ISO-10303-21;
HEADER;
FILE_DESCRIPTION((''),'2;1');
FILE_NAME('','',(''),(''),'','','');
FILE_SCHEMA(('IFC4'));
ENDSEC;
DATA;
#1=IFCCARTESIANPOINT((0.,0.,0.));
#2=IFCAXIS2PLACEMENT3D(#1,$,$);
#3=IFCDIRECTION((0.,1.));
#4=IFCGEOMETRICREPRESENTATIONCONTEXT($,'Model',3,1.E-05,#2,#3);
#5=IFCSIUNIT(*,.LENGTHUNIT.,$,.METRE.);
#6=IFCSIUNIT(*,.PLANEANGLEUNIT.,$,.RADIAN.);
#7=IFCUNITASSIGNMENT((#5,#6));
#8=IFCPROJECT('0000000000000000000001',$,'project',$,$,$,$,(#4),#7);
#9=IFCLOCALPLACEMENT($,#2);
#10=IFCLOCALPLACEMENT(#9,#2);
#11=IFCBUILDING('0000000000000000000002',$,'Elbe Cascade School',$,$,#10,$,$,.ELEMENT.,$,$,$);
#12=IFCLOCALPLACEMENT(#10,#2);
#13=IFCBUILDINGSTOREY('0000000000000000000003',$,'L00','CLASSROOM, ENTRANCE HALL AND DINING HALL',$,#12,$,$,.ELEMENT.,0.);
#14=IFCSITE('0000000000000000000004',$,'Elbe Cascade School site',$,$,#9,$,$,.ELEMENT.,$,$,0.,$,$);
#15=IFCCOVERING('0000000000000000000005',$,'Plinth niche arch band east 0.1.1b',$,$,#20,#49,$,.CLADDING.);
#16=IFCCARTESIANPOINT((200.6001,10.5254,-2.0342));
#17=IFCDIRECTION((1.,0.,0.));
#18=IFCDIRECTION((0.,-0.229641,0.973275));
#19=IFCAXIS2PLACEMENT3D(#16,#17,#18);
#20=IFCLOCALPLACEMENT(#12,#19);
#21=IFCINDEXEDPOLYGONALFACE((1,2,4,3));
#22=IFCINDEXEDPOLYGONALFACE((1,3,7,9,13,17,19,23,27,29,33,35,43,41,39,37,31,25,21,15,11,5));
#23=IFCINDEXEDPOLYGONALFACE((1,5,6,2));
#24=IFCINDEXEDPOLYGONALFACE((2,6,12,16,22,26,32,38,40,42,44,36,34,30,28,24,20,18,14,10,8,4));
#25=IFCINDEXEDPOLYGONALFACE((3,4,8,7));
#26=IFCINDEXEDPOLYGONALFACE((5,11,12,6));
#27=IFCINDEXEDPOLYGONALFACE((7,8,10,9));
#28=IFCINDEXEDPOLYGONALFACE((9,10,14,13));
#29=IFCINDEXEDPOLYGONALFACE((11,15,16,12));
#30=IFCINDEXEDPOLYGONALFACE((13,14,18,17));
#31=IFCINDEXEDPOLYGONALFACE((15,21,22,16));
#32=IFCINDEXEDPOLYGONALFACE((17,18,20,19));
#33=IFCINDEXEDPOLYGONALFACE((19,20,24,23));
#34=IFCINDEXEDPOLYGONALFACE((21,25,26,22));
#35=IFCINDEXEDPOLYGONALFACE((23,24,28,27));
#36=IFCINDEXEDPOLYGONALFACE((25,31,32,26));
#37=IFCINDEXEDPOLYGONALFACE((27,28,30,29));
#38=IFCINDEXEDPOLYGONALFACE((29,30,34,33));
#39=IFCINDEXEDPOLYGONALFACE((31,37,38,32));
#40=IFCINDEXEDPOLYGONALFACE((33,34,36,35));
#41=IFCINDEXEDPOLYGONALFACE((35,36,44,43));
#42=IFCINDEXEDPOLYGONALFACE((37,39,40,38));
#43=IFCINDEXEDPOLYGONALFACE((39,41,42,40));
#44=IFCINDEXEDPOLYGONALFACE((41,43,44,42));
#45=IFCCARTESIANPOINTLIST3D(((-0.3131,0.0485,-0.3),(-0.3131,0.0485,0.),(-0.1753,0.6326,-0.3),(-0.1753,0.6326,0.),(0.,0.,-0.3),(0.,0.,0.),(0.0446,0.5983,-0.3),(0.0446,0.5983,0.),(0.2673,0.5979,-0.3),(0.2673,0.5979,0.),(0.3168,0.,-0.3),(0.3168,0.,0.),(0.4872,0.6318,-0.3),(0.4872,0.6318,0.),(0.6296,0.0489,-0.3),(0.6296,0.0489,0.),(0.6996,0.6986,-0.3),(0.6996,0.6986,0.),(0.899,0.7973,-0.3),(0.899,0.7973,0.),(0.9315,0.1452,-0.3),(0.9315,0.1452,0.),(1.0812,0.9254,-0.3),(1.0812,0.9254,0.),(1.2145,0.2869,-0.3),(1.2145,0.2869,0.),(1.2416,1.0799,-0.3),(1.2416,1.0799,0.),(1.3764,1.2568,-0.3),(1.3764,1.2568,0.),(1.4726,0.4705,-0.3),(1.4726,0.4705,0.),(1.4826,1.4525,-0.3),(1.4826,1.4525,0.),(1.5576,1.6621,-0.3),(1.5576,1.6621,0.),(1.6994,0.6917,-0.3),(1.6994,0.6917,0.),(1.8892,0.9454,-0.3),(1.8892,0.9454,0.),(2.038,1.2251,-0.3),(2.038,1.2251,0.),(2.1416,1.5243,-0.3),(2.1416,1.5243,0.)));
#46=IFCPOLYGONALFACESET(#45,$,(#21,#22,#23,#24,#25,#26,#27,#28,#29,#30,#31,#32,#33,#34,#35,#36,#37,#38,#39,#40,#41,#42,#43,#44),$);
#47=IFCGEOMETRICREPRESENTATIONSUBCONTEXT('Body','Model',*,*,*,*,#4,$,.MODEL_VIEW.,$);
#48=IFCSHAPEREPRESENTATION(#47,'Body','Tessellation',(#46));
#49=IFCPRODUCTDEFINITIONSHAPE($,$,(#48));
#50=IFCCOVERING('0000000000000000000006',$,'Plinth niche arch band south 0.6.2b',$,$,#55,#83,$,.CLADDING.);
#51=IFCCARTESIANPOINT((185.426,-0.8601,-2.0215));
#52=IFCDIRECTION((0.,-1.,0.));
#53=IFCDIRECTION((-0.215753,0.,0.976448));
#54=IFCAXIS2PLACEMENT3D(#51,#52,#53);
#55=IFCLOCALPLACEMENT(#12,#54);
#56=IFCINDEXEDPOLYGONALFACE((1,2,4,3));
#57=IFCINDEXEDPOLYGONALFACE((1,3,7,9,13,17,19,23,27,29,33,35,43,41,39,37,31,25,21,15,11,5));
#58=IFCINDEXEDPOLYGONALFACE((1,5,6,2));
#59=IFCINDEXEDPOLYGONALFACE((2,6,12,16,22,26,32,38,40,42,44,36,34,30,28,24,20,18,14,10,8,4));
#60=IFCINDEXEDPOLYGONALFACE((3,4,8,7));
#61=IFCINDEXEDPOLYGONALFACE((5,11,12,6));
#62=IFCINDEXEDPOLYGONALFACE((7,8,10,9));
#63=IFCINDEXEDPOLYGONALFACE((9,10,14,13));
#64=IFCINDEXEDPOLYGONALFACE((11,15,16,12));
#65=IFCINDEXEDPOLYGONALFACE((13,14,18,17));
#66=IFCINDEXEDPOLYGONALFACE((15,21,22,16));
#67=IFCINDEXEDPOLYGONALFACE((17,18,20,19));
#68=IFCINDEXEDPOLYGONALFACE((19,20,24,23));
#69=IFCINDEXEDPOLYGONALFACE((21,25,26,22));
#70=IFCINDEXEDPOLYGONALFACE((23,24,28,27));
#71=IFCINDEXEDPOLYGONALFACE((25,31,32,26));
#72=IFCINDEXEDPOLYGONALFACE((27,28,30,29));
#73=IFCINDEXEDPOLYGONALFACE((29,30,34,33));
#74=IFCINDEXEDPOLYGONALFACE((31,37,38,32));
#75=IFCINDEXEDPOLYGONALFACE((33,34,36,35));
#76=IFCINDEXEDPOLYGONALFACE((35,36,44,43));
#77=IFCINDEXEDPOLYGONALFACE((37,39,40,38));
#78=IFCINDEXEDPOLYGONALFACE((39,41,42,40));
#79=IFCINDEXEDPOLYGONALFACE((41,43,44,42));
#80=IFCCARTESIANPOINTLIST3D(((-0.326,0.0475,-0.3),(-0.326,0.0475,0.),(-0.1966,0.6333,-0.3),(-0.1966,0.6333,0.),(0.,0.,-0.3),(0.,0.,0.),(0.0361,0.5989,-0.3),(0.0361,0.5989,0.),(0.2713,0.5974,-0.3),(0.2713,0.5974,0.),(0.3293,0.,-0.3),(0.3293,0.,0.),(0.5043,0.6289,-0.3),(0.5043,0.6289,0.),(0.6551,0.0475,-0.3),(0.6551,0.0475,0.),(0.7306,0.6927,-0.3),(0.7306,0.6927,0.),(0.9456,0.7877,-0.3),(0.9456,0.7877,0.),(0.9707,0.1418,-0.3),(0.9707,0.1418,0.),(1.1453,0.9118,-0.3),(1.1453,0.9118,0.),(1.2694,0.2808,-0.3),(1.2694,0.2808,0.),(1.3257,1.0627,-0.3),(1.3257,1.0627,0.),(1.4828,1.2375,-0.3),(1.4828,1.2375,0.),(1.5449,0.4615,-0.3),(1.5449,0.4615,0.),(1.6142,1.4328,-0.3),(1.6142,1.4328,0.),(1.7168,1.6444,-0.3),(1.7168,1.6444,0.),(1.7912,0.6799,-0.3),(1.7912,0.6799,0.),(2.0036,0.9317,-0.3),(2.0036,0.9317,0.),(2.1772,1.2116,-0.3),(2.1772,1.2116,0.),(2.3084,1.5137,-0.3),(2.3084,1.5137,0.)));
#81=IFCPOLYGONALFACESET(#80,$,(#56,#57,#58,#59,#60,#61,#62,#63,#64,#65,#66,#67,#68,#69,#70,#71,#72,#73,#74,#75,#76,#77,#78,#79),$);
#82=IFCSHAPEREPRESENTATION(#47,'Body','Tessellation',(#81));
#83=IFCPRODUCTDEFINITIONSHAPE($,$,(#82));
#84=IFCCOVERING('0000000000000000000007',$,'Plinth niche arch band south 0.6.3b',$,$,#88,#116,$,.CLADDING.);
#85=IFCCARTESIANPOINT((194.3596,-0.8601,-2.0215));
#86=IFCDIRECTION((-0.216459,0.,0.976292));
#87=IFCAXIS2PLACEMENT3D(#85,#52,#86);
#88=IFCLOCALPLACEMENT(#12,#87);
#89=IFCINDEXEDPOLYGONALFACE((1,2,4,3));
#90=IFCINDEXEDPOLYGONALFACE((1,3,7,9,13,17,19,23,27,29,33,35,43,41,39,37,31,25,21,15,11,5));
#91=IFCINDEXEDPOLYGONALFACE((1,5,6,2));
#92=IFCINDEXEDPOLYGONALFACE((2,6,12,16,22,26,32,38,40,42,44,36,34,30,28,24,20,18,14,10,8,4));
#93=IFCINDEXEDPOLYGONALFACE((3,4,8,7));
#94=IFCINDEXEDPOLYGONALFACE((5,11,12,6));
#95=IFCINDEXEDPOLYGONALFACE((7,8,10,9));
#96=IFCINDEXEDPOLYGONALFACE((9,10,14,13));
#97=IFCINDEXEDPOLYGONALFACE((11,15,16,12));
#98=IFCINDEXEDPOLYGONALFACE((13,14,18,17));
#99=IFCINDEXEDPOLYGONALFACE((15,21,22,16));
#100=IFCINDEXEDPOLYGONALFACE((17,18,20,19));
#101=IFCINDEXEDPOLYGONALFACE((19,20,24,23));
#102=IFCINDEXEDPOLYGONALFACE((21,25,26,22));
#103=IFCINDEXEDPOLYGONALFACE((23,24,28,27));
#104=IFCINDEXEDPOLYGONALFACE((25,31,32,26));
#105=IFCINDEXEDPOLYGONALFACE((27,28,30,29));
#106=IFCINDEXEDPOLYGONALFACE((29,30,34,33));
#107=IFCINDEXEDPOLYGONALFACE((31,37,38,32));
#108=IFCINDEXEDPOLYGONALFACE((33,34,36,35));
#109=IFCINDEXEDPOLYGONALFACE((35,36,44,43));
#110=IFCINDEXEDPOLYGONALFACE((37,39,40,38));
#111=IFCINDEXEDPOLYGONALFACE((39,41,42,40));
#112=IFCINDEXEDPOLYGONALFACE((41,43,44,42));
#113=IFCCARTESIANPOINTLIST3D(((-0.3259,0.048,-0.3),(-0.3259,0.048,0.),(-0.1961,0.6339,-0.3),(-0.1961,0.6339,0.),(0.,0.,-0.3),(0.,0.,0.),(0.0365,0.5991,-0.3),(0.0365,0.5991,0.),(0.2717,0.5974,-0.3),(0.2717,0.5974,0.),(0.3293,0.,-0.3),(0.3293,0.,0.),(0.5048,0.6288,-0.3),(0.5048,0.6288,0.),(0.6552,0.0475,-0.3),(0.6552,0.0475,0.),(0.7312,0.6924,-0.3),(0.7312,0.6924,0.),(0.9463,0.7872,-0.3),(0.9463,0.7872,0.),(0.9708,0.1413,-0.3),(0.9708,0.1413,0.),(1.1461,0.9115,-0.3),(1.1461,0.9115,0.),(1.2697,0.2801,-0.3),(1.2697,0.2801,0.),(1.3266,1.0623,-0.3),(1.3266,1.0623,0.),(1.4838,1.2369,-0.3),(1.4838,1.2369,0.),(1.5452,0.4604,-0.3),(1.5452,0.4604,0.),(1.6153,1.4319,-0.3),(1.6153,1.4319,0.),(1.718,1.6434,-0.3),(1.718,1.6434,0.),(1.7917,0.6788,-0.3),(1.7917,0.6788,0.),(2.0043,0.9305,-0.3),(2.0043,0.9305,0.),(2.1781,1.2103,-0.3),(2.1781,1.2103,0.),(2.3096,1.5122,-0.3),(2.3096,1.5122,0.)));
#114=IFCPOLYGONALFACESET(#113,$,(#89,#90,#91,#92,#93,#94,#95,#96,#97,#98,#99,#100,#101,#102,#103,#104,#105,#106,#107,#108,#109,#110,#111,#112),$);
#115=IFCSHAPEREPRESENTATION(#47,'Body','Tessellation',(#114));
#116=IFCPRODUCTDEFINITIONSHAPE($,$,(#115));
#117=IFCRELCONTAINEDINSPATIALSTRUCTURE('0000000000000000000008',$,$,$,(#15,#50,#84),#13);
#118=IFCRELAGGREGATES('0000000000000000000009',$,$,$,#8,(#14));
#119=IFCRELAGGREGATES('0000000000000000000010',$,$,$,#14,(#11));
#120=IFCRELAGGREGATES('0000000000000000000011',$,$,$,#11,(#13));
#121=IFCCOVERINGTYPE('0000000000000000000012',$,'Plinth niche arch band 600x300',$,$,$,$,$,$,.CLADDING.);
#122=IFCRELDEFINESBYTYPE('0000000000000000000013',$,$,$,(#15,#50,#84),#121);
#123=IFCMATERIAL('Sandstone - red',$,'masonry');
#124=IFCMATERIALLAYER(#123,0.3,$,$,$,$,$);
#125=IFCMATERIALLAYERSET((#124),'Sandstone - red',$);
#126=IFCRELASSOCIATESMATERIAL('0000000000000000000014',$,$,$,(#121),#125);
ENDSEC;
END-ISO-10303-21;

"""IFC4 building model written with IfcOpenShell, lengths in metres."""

from ifc_helpers import new_model, si_unit, direction, frame, origin, place, context, subcontext, project, spatial, polyline, outline, extrude, material, layer, layer_set, type_object, element, save


model = new_model("IFC4")

# Units and contexts
model_context = context("Model", 3, precision=1e-05, world=origin(), true_north=direction((0.0, 1.0)))
body_context = subcontext(model_context, "Body", "Model", "MODEL_VIEW")
ifc_project = project(units=[si_unit("LENGTHUNIT", "METRE"), si_unit("PLANEANGLEUNIT", "RADIAN")], contexts=[model_context])

# Site, building, storey
site_placement = place(None, origin())
site = spatial("IfcSite", under=ifc_project, at=site_placement, Name="Elbe Cascade School site", CompositionType="ELEMENT", RefElevation=0.0)
building_placement = place(site_placement, origin())
building = spatial("IfcBuilding", under=site, at=building_placement, Name="Elbe Cascade School", CompositionType="ELEMENT")
storey_placement = place(building_placement, origin())
storey = spatial("IfcBuildingStorey", under=building, at=storey_placement, Name="L00", Description="CLASSROOM, ENTRANCE HALL AND DINING HALL", CompositionType="ELEMENT", Elevation=0.0)

# Coverings
ifc_material_1 = material(Name="Sandstone - red", Category="masonry")
ifc_layer = layer(ifc_material_1, 0.3)
ifc_layer_set = layer_set([ifc_layer], Name="Sandstone - red")
covering_type = type_object("IfcCoveringType", Name="Plinth niche arch band 600x300", PredefinedType="CLADDING", material=ifc_layer_set)
covering_1_placement = place(storey_placement, frame((200.6001, 10.5254, -2.0342), z_axis=(1.0, 0.0, 0.0), x_axis=(0.0, -0.229641, 0.973275)))
element("IfcCovering", 1, at=covering_1_placement, inside=storey, type_object=covering_type, Name="Plinth niche arch band east 0.1.1b", PredefinedType="CLADDING", context=body_context, shape_type="SweptSolid", body=[
    extrude(outline(polyline([(0.0, 0.0), (0.3168, 0.0), (0.6296, 0.0489), (0.9315, 0.1452), (1.2145, 0.2869), (1.4726, 0.4705), (1.6994, 0.6917), (1.8892, 0.9454), (2.038, 1.2251), (2.1416, 1.5243), (1.5576, 1.6621), (1.4826, 1.4525), (1.3764, 1.2568), (1.2416, 1.0799), (1.0812, 0.9254), (0.899, 0.7973), (0.6996, 0.6986), (0.4872, 0.6318), (0.2673, 0.5979), (0.0446, 0.5983), (-0.1753, 0.6326), (-0.3131, 0.0485), (0.0, 0.0)])), origin(), (0.0, 0.0, -1.0), 0.3),
])
covering_2_placement = place(storey_placement, frame((185.426, -0.8601, -2.0215), z_axis=(0.0, -1.0, 0.0), x_axis=(-0.215753, 0.0, 0.976448)))
element("IfcCovering", 2, at=covering_2_placement, inside=storey, type_object=covering_type, Name="Plinth niche arch band south 0.6.2b", PredefinedType="CLADDING", context=body_context, shape_type="SweptSolid", body=[
    extrude(outline(polyline([(0.0, 0.0), (0.3293, 0.0), (0.6551, 0.0475), (0.9707, 0.1418), (1.2694, 0.2808), (1.5449, 0.4615), (1.7912, 0.6799), (2.0036, 0.9317), (2.1772, 1.2116), (2.3084, 1.5137), (1.7168, 1.6444), (1.6142, 1.4328), (1.4828, 1.2375), (1.3257, 1.0627), (1.1453, 0.9118), (0.9456, 0.7877), (0.7306, 0.6927), (0.5043, 0.6289), (0.2713, 0.5974), (0.0361, 0.5989), (-0.1966, 0.6333), (-0.326, 0.0475), (0.0, 0.0)])), origin(), (0.0, 0.0, -1.0), 0.3),
])
covering_3_placement = place(storey_placement, frame((194.3596, -0.8601, -2.0215), z_axis=(0.0, -1.0, 0.0), x_axis=(-0.216459, 0.0, 0.976292)))
element("IfcCovering", 3, at=covering_3_placement, inside=storey, type_object=covering_type, Name="Plinth niche arch band south 0.6.3b", PredefinedType="CLADDING", context=body_context, shape_type="SweptSolid", body=[
    extrude(outline(polyline([(0.0, 0.0), (0.3293, 0.0), (0.6552, 0.0475), (0.9708, 0.1413), (1.2697, 0.2801), (1.5452, 0.4604), (1.7917, 0.6788), (2.0043, 0.9305), (2.1781, 1.2103), (2.3096, 1.5122), (1.718, 1.6434), (1.6153, 1.4319), (1.4838, 1.2369), (1.3266, 1.0623), (1.1461, 0.9115), (0.9463, 0.7872), (0.7312, 0.6924), (0.5048, 0.6288), (0.2717, 0.5974), (0.0365, 0.5991), (-0.1961, 0.6339), (-0.3259, 0.048), (0.0, 0.0)])), origin(), (0.0, 0.0, -1.0), 0.3),
])

save(model, "model.ifc")
